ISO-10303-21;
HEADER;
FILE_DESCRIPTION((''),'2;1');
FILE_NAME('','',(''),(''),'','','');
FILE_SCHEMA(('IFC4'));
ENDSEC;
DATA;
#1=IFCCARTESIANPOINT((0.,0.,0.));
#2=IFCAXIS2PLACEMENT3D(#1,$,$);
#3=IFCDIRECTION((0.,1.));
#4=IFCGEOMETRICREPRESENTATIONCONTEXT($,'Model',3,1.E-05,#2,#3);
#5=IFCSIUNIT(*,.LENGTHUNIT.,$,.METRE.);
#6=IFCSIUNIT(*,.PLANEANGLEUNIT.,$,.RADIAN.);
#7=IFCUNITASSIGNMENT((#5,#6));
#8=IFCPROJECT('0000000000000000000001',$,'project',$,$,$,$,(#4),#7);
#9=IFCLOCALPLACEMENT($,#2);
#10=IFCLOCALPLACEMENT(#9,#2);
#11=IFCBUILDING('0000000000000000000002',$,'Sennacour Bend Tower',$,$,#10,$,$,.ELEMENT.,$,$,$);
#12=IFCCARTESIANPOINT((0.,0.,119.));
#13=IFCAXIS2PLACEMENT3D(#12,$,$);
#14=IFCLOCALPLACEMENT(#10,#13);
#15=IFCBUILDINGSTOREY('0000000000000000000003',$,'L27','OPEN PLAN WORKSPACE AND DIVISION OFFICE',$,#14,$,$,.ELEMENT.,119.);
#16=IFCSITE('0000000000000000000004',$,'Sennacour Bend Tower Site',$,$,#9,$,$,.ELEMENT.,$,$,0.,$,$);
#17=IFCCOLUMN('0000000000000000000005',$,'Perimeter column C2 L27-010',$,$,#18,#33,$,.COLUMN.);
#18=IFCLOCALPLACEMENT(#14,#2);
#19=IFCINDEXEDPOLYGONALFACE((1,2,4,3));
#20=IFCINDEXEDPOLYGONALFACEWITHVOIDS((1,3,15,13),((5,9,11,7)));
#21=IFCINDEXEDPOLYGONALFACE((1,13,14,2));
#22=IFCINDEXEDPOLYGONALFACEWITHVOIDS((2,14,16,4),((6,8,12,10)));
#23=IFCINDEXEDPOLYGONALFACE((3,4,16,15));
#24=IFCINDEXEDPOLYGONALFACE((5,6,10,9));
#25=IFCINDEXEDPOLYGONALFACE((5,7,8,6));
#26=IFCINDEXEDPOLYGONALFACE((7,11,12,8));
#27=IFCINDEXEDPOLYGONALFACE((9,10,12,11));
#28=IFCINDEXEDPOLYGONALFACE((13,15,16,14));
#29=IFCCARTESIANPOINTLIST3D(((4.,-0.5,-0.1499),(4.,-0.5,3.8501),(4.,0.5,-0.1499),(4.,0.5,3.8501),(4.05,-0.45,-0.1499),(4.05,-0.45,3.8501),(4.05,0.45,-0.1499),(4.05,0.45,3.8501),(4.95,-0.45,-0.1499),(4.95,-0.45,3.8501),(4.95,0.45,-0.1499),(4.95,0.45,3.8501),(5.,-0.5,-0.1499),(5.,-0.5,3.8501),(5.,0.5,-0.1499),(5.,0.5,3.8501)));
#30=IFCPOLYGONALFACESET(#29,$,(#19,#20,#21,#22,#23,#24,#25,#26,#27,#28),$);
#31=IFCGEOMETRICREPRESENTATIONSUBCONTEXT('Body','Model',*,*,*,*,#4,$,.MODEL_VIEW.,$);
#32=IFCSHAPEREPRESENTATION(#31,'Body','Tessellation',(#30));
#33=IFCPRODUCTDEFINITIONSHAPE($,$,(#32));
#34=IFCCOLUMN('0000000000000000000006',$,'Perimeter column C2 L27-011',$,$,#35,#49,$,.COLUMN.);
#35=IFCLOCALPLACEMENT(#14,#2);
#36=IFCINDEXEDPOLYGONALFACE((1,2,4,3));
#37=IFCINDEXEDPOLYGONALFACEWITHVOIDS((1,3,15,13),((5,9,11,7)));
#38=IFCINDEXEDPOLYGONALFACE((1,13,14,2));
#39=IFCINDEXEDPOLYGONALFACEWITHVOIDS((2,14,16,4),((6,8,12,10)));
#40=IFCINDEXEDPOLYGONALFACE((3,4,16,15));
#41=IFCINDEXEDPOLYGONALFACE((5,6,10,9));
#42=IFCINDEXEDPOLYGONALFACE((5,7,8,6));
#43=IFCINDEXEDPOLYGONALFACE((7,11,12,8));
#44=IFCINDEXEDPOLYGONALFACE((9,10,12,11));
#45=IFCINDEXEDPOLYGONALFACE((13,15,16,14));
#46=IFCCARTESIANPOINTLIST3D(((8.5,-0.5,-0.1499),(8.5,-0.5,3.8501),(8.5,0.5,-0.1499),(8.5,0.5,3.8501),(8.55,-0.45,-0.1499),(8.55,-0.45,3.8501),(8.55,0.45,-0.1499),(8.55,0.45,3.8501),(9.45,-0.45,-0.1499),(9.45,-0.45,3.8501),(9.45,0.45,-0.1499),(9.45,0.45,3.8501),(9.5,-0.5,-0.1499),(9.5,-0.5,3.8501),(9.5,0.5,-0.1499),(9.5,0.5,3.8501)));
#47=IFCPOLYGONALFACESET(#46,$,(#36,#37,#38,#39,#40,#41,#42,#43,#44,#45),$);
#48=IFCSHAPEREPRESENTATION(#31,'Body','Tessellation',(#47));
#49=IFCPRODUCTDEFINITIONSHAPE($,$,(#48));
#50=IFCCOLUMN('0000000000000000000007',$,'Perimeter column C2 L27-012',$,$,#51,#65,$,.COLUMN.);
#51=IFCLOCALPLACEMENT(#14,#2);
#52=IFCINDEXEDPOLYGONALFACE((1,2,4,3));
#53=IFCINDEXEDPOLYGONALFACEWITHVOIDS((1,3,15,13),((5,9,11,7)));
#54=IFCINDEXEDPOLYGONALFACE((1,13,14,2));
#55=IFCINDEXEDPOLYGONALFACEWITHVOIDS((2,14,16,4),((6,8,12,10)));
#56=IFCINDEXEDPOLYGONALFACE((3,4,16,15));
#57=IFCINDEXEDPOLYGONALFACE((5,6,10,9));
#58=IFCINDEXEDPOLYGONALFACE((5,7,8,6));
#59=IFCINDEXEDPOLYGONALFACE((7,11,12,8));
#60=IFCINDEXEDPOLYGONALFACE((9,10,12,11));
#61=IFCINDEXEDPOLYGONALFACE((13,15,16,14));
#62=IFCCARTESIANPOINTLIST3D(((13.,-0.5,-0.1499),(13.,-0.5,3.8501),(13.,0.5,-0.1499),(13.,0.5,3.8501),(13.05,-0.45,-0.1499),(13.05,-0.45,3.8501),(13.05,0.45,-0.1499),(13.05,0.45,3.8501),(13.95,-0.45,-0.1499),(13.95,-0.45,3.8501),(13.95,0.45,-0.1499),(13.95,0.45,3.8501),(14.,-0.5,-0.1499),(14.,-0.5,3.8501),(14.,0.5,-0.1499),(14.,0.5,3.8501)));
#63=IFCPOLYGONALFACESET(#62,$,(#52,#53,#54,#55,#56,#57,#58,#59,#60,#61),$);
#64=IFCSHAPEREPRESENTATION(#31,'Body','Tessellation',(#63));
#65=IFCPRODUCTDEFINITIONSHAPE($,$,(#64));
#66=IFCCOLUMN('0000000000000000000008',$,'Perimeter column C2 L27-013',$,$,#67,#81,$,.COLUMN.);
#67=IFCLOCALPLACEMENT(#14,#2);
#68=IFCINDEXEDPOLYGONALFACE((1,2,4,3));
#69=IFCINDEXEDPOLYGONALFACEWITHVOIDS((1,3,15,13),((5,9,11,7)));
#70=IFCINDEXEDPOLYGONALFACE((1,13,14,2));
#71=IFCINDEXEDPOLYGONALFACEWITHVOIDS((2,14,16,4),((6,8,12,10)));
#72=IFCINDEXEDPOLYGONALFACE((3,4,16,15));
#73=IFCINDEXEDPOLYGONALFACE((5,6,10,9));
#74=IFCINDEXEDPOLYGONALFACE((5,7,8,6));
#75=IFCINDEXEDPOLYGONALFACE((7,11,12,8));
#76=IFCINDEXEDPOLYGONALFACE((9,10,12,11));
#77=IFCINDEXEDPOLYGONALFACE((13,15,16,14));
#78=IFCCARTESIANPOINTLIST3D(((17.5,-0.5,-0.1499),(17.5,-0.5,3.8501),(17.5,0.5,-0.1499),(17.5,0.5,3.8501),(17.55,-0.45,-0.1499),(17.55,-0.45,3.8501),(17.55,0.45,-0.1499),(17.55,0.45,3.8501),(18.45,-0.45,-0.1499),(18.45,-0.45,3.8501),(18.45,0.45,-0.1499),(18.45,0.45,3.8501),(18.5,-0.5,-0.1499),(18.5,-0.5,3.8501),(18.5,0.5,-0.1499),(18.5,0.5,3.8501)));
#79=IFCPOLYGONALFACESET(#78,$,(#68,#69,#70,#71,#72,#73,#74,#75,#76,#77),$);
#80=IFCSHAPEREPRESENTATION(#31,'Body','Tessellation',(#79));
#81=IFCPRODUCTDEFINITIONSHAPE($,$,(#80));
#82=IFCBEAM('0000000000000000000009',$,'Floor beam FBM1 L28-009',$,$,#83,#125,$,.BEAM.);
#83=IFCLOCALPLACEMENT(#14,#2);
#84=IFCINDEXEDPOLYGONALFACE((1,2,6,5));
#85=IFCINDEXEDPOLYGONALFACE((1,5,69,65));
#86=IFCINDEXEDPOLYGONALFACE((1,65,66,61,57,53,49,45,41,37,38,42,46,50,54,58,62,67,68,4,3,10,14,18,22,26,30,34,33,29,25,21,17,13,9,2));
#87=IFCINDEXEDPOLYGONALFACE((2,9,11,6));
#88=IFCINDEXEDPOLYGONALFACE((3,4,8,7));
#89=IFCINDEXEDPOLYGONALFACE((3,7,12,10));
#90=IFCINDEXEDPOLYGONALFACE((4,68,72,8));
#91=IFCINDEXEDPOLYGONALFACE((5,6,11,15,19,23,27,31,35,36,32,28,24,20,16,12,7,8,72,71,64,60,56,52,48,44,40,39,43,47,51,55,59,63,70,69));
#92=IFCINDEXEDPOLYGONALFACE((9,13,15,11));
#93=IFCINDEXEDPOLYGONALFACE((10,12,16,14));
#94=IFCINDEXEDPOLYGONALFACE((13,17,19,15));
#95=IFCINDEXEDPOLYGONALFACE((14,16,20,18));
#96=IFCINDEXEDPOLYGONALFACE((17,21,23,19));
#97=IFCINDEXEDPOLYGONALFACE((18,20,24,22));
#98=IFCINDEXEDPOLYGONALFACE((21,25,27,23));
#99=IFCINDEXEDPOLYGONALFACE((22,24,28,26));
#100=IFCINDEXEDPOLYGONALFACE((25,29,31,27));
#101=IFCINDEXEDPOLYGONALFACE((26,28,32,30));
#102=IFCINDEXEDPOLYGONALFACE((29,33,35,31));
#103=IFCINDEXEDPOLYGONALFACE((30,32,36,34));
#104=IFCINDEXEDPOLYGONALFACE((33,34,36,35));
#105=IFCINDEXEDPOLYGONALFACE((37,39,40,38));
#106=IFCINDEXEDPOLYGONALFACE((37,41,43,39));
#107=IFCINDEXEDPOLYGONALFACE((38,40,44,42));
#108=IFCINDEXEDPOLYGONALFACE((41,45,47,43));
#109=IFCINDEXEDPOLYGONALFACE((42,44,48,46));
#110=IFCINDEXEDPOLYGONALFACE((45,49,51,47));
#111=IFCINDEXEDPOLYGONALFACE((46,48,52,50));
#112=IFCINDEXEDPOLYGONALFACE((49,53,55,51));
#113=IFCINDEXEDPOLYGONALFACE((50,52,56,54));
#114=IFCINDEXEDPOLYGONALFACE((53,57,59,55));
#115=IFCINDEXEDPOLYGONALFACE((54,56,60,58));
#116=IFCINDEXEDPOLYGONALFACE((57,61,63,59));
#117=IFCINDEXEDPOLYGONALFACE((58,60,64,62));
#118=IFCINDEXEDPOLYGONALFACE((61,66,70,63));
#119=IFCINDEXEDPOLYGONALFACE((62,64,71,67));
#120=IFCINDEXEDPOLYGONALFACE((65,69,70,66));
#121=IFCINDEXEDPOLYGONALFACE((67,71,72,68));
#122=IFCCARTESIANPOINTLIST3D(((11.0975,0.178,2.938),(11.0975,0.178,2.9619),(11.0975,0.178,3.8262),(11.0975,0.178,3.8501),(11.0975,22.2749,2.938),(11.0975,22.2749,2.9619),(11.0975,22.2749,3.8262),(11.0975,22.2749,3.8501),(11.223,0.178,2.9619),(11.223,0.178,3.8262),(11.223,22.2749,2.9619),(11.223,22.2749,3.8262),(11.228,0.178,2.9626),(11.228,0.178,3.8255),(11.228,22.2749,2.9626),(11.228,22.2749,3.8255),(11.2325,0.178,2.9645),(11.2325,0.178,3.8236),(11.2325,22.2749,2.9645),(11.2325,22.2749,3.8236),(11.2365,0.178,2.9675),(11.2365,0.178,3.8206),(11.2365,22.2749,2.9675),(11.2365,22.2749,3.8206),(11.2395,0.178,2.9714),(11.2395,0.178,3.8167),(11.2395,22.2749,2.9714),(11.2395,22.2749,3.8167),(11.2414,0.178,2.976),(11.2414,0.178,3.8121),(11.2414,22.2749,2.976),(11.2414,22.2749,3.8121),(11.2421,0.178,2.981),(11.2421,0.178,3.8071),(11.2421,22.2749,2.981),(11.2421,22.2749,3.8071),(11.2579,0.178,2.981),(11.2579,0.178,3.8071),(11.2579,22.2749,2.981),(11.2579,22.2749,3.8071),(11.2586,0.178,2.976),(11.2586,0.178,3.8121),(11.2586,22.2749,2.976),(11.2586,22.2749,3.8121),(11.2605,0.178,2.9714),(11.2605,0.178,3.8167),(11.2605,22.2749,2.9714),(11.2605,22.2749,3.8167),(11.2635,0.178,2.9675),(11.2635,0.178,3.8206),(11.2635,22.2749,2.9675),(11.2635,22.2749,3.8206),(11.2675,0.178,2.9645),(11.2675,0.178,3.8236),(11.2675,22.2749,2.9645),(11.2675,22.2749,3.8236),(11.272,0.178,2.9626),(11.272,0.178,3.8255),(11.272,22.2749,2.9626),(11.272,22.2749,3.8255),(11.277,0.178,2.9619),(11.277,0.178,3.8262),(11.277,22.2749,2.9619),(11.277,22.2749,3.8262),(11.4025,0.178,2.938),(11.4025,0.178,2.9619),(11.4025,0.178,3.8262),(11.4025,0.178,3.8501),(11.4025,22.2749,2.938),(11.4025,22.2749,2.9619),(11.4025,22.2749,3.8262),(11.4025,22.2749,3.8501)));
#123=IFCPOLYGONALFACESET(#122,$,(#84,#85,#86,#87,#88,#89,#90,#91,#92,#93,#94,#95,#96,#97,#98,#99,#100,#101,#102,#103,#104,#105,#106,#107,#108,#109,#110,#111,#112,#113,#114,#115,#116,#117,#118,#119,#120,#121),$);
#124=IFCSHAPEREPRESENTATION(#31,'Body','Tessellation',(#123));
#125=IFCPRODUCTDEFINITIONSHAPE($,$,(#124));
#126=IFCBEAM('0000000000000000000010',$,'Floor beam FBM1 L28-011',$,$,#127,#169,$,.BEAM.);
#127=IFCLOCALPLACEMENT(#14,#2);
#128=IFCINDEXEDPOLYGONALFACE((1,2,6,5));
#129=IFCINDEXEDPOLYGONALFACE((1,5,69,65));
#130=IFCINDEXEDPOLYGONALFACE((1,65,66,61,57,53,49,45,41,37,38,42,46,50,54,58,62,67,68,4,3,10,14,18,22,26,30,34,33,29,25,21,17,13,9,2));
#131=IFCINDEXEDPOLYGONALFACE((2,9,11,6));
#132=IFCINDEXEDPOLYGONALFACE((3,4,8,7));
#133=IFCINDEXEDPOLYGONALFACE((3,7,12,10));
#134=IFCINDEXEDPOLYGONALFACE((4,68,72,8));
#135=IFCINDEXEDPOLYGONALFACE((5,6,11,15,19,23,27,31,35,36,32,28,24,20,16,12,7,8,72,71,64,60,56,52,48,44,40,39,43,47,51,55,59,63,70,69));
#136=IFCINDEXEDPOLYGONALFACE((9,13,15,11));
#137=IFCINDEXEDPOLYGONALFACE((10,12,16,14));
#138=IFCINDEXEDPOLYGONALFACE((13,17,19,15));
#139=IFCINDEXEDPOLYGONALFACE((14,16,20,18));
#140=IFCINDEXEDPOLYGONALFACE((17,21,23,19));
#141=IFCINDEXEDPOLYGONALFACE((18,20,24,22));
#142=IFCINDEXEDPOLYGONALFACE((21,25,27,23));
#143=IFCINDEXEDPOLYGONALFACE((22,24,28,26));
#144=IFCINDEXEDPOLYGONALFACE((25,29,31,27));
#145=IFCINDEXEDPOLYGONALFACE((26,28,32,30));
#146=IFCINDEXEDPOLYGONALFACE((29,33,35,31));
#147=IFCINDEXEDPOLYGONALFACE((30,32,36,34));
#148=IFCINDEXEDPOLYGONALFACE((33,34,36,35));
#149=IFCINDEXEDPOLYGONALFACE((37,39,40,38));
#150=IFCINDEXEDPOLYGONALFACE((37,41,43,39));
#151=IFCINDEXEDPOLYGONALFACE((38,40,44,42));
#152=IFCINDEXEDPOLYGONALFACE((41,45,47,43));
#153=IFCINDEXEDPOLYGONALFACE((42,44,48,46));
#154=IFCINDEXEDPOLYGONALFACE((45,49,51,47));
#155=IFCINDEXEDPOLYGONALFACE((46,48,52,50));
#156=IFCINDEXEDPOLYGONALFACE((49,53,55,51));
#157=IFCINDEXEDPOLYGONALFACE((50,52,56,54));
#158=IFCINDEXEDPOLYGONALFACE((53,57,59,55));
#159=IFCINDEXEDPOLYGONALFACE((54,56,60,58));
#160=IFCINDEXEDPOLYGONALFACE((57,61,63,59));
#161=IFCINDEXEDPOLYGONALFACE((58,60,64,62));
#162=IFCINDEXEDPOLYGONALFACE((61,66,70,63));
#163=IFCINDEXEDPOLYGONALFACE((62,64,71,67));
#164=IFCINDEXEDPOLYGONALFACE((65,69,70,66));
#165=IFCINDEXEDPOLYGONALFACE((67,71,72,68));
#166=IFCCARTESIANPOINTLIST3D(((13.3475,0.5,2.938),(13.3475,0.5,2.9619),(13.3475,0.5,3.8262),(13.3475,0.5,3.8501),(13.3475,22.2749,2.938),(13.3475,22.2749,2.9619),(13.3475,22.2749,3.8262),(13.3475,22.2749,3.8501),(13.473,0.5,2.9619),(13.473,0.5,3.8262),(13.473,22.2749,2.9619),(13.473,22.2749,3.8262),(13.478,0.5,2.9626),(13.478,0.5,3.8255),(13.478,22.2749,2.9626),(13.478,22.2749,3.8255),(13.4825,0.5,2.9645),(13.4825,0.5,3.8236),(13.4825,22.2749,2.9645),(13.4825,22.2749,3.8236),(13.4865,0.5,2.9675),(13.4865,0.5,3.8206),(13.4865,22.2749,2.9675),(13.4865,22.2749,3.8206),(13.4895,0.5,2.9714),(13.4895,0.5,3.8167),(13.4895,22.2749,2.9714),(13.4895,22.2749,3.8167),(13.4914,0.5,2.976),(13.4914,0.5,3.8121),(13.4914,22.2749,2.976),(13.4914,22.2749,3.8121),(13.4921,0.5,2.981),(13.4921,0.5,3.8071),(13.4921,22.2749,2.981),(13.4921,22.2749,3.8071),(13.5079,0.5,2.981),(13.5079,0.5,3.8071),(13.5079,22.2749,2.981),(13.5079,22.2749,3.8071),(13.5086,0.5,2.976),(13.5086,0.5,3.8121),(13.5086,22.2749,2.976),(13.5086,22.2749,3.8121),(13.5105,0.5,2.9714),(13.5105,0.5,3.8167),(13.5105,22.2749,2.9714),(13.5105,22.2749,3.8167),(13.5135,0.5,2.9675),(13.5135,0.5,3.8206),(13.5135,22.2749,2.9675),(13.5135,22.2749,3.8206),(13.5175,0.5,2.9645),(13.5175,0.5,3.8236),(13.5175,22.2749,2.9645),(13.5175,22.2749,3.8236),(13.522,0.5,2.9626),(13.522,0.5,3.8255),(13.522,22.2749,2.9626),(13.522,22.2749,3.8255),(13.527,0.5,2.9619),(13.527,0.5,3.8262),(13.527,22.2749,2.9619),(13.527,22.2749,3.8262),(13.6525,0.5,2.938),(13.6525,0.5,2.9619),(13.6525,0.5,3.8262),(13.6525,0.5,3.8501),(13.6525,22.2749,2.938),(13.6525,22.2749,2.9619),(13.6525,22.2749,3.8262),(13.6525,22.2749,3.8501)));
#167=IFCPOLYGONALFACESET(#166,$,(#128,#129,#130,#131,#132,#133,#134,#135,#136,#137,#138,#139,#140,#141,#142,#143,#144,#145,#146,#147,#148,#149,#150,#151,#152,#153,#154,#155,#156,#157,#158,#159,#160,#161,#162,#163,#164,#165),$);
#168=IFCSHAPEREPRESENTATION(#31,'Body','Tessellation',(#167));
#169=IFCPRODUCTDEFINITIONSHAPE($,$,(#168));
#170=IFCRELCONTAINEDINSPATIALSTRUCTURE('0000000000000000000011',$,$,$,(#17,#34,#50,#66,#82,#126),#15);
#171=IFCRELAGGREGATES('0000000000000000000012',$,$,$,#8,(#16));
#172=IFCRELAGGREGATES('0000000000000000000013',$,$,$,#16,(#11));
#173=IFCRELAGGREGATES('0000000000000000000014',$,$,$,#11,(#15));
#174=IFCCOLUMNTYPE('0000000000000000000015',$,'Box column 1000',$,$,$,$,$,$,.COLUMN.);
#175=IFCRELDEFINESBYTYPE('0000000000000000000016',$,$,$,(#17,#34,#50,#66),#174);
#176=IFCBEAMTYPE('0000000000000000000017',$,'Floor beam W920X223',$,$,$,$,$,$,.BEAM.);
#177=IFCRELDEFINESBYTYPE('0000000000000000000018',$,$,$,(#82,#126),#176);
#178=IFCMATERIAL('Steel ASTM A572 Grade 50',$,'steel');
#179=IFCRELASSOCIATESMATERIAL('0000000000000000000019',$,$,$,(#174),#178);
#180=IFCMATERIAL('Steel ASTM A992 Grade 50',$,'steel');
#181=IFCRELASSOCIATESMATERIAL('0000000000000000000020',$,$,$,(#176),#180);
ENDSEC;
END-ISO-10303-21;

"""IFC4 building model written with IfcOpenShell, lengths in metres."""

from ifc_helpers import new_model, si_unit, direction, frame, origin, origin_2d, place, context, subcontext, project, spatial, hollow_rectangle, i_section, extrude, material, material_profile, profile_set, type_object, element, save


model = new_model("IFC4")

# Units and contexts
model_context = context("Model", 3, precision=1e-05, world=origin(), true_north=direction((0.0, 1.0)))
body_context = subcontext(model_context, "Body", "Model", "MODEL_VIEW")
ifc_project = project(units=[si_unit("LENGTHUNIT", "METRE"), si_unit("PLANEANGLEUNIT", "RADIAN")], contexts=[model_context])

# Site, building, storey
site_placement = place(None, origin())
site = spatial("IfcSite", under=ifc_project, at=site_placement, Name="Sennacour Bend Tower Site", CompositionType="ELEMENT", RefElevation=0.0)
building_placement = place(site_placement, origin())
building = spatial("IfcBuilding", under=site, at=building_placement, Name="Sennacour Bend Tower", CompositionType="ELEMENT")
storey_placement = place(building_placement, frame((0.0, 0.0, 119.0)))
storey = spatial("IfcBuildingStorey", under=building, at=storey_placement, Name="L27", Description="OPEN PLAN WORKSPACE AND DIVISION OFFICE", CompositionType="ELEMENT", Elevation=119.0)

# Columns
ifc_material_1 = material(Name="Steel ASTM A572 Grade 50", Category="steel")
ifc_material_profile_1 = material_profile(ifc_material_1, hollow_rectangle(XDim=1.0, YDim=1.0, WallThickness=0.05, at=origin_2d()), Name="Steel ASTM A572 Grade 50", Category="steel")
ifc_profile_set_1 = profile_set([ifc_material_profile_1], Name="Steel ASTM A572 Grade 50")
column_type = type_object("IfcColumnType", Name="Box column 1000", PredefinedType="COLUMN", material=ifc_profile_set_1)
for number, where, z_axis, x_axis, name in (
    (1, (4.5, 0.0, -0.1499), (0.0, 0.0, 1.0), (1.0, 0.0, 0.0), "Perimeter column C2 L27-010"),
    (2, (9.0, 0.0, -0.1499), (0.0, 0.0, 1.0), (1.0, 0.0, 0.0), "Perimeter column C2 L27-011"),
    (3, (13.5, 0.0, -0.1499), (0.0, 0.0, 1.0), (1.0, 0.0, 0.0), "Perimeter column C2 L27-012"),
    (4, (18.0, 0.0, -0.1499), (0.0, 0.0, 1.0), (1.0, 0.0, 0.0), "Perimeter column C2 L27-013"),
):
    element("IfcColumn", number, at=place(storey_placement, frame(where, z_axis=z_axis, x_axis=x_axis)), inside=storey, type_object=column_type, Name=name, PredefinedType="COLUMN", context=body_context, shape_type="SweptSolid", body=[
        extrude(hollow_rectangle(XDim=1.0, YDim=1.0, WallThickness=0.05, at=origin_2d()), origin(), (0.0, 0.0, 1.0), 4.0),
    ])

# Beams
ifc_material_2 = material(Name="Steel ASTM A992 Grade 50", Category="steel")
ifc_material_profile_2 = material_profile(ifc_material_2, i_section(OverallWidth=0.3049, OverallDepth=0.9121, WebThickness=0.0159, FlangeThickness=0.0239, FilletRadius=0.019, at=origin_2d()), Name="Steel ASTM A992 Grade 50", Category="steel")
ifc_profile_set_2 = profile_set([ifc_material_profile_2], Name="Steel ASTM A992 Grade 50")
beam_type_1 = type_object("IfcBeamType", Name="Floor beam W920X223", PredefinedType="BEAM", material=ifc_profile_set_2)
beam_1_placement = place(storey_placement, frame((11.25, 0.178, 3.394), z_axis=(0.0, 1.0, 0.0), x_axis=(-1.0, 0.0, 0.0)))
element("IfcBeam", 5, at=beam_1_placement, inside=storey, type_object=beam_type_1, Name="Floor beam FBM1 L28-009", PredefinedType="BEAM", context=body_context, shape_type="SweptSolid", body=[
    extrude(i_section(OverallWidth=0.3049, OverallDepth=0.9121, WebThickness=0.0159, FlangeThickness=0.0239, FilletRadius=0.019, at=origin_2d()), origin(), (0.0, 0.0, 1.0), 22.0969),
])
beam_2_placement = place(storey_placement, frame((13.5, 0.5, 3.394), z_axis=(0.0, 1.0, 0.0), x_axis=(-1.0, 0.0, 0.0)))
element("IfcBeam", 6, at=beam_2_placement, inside=storey, type_object=beam_type_1, Name="Floor beam FBM1 L28-011", PredefinedType="BEAM", context=body_context, shape_type="SweptSolid", body=[
    extrude(i_section(OverallWidth=0.3049, OverallDepth=0.9121, WebThickness=0.0159, FlangeThickness=0.0239, FilletRadius=0.019, at=origin_2d()), origin(), (0.0, 0.0, 1.0), 21.7749),
])

save(model, "model.ifc")
